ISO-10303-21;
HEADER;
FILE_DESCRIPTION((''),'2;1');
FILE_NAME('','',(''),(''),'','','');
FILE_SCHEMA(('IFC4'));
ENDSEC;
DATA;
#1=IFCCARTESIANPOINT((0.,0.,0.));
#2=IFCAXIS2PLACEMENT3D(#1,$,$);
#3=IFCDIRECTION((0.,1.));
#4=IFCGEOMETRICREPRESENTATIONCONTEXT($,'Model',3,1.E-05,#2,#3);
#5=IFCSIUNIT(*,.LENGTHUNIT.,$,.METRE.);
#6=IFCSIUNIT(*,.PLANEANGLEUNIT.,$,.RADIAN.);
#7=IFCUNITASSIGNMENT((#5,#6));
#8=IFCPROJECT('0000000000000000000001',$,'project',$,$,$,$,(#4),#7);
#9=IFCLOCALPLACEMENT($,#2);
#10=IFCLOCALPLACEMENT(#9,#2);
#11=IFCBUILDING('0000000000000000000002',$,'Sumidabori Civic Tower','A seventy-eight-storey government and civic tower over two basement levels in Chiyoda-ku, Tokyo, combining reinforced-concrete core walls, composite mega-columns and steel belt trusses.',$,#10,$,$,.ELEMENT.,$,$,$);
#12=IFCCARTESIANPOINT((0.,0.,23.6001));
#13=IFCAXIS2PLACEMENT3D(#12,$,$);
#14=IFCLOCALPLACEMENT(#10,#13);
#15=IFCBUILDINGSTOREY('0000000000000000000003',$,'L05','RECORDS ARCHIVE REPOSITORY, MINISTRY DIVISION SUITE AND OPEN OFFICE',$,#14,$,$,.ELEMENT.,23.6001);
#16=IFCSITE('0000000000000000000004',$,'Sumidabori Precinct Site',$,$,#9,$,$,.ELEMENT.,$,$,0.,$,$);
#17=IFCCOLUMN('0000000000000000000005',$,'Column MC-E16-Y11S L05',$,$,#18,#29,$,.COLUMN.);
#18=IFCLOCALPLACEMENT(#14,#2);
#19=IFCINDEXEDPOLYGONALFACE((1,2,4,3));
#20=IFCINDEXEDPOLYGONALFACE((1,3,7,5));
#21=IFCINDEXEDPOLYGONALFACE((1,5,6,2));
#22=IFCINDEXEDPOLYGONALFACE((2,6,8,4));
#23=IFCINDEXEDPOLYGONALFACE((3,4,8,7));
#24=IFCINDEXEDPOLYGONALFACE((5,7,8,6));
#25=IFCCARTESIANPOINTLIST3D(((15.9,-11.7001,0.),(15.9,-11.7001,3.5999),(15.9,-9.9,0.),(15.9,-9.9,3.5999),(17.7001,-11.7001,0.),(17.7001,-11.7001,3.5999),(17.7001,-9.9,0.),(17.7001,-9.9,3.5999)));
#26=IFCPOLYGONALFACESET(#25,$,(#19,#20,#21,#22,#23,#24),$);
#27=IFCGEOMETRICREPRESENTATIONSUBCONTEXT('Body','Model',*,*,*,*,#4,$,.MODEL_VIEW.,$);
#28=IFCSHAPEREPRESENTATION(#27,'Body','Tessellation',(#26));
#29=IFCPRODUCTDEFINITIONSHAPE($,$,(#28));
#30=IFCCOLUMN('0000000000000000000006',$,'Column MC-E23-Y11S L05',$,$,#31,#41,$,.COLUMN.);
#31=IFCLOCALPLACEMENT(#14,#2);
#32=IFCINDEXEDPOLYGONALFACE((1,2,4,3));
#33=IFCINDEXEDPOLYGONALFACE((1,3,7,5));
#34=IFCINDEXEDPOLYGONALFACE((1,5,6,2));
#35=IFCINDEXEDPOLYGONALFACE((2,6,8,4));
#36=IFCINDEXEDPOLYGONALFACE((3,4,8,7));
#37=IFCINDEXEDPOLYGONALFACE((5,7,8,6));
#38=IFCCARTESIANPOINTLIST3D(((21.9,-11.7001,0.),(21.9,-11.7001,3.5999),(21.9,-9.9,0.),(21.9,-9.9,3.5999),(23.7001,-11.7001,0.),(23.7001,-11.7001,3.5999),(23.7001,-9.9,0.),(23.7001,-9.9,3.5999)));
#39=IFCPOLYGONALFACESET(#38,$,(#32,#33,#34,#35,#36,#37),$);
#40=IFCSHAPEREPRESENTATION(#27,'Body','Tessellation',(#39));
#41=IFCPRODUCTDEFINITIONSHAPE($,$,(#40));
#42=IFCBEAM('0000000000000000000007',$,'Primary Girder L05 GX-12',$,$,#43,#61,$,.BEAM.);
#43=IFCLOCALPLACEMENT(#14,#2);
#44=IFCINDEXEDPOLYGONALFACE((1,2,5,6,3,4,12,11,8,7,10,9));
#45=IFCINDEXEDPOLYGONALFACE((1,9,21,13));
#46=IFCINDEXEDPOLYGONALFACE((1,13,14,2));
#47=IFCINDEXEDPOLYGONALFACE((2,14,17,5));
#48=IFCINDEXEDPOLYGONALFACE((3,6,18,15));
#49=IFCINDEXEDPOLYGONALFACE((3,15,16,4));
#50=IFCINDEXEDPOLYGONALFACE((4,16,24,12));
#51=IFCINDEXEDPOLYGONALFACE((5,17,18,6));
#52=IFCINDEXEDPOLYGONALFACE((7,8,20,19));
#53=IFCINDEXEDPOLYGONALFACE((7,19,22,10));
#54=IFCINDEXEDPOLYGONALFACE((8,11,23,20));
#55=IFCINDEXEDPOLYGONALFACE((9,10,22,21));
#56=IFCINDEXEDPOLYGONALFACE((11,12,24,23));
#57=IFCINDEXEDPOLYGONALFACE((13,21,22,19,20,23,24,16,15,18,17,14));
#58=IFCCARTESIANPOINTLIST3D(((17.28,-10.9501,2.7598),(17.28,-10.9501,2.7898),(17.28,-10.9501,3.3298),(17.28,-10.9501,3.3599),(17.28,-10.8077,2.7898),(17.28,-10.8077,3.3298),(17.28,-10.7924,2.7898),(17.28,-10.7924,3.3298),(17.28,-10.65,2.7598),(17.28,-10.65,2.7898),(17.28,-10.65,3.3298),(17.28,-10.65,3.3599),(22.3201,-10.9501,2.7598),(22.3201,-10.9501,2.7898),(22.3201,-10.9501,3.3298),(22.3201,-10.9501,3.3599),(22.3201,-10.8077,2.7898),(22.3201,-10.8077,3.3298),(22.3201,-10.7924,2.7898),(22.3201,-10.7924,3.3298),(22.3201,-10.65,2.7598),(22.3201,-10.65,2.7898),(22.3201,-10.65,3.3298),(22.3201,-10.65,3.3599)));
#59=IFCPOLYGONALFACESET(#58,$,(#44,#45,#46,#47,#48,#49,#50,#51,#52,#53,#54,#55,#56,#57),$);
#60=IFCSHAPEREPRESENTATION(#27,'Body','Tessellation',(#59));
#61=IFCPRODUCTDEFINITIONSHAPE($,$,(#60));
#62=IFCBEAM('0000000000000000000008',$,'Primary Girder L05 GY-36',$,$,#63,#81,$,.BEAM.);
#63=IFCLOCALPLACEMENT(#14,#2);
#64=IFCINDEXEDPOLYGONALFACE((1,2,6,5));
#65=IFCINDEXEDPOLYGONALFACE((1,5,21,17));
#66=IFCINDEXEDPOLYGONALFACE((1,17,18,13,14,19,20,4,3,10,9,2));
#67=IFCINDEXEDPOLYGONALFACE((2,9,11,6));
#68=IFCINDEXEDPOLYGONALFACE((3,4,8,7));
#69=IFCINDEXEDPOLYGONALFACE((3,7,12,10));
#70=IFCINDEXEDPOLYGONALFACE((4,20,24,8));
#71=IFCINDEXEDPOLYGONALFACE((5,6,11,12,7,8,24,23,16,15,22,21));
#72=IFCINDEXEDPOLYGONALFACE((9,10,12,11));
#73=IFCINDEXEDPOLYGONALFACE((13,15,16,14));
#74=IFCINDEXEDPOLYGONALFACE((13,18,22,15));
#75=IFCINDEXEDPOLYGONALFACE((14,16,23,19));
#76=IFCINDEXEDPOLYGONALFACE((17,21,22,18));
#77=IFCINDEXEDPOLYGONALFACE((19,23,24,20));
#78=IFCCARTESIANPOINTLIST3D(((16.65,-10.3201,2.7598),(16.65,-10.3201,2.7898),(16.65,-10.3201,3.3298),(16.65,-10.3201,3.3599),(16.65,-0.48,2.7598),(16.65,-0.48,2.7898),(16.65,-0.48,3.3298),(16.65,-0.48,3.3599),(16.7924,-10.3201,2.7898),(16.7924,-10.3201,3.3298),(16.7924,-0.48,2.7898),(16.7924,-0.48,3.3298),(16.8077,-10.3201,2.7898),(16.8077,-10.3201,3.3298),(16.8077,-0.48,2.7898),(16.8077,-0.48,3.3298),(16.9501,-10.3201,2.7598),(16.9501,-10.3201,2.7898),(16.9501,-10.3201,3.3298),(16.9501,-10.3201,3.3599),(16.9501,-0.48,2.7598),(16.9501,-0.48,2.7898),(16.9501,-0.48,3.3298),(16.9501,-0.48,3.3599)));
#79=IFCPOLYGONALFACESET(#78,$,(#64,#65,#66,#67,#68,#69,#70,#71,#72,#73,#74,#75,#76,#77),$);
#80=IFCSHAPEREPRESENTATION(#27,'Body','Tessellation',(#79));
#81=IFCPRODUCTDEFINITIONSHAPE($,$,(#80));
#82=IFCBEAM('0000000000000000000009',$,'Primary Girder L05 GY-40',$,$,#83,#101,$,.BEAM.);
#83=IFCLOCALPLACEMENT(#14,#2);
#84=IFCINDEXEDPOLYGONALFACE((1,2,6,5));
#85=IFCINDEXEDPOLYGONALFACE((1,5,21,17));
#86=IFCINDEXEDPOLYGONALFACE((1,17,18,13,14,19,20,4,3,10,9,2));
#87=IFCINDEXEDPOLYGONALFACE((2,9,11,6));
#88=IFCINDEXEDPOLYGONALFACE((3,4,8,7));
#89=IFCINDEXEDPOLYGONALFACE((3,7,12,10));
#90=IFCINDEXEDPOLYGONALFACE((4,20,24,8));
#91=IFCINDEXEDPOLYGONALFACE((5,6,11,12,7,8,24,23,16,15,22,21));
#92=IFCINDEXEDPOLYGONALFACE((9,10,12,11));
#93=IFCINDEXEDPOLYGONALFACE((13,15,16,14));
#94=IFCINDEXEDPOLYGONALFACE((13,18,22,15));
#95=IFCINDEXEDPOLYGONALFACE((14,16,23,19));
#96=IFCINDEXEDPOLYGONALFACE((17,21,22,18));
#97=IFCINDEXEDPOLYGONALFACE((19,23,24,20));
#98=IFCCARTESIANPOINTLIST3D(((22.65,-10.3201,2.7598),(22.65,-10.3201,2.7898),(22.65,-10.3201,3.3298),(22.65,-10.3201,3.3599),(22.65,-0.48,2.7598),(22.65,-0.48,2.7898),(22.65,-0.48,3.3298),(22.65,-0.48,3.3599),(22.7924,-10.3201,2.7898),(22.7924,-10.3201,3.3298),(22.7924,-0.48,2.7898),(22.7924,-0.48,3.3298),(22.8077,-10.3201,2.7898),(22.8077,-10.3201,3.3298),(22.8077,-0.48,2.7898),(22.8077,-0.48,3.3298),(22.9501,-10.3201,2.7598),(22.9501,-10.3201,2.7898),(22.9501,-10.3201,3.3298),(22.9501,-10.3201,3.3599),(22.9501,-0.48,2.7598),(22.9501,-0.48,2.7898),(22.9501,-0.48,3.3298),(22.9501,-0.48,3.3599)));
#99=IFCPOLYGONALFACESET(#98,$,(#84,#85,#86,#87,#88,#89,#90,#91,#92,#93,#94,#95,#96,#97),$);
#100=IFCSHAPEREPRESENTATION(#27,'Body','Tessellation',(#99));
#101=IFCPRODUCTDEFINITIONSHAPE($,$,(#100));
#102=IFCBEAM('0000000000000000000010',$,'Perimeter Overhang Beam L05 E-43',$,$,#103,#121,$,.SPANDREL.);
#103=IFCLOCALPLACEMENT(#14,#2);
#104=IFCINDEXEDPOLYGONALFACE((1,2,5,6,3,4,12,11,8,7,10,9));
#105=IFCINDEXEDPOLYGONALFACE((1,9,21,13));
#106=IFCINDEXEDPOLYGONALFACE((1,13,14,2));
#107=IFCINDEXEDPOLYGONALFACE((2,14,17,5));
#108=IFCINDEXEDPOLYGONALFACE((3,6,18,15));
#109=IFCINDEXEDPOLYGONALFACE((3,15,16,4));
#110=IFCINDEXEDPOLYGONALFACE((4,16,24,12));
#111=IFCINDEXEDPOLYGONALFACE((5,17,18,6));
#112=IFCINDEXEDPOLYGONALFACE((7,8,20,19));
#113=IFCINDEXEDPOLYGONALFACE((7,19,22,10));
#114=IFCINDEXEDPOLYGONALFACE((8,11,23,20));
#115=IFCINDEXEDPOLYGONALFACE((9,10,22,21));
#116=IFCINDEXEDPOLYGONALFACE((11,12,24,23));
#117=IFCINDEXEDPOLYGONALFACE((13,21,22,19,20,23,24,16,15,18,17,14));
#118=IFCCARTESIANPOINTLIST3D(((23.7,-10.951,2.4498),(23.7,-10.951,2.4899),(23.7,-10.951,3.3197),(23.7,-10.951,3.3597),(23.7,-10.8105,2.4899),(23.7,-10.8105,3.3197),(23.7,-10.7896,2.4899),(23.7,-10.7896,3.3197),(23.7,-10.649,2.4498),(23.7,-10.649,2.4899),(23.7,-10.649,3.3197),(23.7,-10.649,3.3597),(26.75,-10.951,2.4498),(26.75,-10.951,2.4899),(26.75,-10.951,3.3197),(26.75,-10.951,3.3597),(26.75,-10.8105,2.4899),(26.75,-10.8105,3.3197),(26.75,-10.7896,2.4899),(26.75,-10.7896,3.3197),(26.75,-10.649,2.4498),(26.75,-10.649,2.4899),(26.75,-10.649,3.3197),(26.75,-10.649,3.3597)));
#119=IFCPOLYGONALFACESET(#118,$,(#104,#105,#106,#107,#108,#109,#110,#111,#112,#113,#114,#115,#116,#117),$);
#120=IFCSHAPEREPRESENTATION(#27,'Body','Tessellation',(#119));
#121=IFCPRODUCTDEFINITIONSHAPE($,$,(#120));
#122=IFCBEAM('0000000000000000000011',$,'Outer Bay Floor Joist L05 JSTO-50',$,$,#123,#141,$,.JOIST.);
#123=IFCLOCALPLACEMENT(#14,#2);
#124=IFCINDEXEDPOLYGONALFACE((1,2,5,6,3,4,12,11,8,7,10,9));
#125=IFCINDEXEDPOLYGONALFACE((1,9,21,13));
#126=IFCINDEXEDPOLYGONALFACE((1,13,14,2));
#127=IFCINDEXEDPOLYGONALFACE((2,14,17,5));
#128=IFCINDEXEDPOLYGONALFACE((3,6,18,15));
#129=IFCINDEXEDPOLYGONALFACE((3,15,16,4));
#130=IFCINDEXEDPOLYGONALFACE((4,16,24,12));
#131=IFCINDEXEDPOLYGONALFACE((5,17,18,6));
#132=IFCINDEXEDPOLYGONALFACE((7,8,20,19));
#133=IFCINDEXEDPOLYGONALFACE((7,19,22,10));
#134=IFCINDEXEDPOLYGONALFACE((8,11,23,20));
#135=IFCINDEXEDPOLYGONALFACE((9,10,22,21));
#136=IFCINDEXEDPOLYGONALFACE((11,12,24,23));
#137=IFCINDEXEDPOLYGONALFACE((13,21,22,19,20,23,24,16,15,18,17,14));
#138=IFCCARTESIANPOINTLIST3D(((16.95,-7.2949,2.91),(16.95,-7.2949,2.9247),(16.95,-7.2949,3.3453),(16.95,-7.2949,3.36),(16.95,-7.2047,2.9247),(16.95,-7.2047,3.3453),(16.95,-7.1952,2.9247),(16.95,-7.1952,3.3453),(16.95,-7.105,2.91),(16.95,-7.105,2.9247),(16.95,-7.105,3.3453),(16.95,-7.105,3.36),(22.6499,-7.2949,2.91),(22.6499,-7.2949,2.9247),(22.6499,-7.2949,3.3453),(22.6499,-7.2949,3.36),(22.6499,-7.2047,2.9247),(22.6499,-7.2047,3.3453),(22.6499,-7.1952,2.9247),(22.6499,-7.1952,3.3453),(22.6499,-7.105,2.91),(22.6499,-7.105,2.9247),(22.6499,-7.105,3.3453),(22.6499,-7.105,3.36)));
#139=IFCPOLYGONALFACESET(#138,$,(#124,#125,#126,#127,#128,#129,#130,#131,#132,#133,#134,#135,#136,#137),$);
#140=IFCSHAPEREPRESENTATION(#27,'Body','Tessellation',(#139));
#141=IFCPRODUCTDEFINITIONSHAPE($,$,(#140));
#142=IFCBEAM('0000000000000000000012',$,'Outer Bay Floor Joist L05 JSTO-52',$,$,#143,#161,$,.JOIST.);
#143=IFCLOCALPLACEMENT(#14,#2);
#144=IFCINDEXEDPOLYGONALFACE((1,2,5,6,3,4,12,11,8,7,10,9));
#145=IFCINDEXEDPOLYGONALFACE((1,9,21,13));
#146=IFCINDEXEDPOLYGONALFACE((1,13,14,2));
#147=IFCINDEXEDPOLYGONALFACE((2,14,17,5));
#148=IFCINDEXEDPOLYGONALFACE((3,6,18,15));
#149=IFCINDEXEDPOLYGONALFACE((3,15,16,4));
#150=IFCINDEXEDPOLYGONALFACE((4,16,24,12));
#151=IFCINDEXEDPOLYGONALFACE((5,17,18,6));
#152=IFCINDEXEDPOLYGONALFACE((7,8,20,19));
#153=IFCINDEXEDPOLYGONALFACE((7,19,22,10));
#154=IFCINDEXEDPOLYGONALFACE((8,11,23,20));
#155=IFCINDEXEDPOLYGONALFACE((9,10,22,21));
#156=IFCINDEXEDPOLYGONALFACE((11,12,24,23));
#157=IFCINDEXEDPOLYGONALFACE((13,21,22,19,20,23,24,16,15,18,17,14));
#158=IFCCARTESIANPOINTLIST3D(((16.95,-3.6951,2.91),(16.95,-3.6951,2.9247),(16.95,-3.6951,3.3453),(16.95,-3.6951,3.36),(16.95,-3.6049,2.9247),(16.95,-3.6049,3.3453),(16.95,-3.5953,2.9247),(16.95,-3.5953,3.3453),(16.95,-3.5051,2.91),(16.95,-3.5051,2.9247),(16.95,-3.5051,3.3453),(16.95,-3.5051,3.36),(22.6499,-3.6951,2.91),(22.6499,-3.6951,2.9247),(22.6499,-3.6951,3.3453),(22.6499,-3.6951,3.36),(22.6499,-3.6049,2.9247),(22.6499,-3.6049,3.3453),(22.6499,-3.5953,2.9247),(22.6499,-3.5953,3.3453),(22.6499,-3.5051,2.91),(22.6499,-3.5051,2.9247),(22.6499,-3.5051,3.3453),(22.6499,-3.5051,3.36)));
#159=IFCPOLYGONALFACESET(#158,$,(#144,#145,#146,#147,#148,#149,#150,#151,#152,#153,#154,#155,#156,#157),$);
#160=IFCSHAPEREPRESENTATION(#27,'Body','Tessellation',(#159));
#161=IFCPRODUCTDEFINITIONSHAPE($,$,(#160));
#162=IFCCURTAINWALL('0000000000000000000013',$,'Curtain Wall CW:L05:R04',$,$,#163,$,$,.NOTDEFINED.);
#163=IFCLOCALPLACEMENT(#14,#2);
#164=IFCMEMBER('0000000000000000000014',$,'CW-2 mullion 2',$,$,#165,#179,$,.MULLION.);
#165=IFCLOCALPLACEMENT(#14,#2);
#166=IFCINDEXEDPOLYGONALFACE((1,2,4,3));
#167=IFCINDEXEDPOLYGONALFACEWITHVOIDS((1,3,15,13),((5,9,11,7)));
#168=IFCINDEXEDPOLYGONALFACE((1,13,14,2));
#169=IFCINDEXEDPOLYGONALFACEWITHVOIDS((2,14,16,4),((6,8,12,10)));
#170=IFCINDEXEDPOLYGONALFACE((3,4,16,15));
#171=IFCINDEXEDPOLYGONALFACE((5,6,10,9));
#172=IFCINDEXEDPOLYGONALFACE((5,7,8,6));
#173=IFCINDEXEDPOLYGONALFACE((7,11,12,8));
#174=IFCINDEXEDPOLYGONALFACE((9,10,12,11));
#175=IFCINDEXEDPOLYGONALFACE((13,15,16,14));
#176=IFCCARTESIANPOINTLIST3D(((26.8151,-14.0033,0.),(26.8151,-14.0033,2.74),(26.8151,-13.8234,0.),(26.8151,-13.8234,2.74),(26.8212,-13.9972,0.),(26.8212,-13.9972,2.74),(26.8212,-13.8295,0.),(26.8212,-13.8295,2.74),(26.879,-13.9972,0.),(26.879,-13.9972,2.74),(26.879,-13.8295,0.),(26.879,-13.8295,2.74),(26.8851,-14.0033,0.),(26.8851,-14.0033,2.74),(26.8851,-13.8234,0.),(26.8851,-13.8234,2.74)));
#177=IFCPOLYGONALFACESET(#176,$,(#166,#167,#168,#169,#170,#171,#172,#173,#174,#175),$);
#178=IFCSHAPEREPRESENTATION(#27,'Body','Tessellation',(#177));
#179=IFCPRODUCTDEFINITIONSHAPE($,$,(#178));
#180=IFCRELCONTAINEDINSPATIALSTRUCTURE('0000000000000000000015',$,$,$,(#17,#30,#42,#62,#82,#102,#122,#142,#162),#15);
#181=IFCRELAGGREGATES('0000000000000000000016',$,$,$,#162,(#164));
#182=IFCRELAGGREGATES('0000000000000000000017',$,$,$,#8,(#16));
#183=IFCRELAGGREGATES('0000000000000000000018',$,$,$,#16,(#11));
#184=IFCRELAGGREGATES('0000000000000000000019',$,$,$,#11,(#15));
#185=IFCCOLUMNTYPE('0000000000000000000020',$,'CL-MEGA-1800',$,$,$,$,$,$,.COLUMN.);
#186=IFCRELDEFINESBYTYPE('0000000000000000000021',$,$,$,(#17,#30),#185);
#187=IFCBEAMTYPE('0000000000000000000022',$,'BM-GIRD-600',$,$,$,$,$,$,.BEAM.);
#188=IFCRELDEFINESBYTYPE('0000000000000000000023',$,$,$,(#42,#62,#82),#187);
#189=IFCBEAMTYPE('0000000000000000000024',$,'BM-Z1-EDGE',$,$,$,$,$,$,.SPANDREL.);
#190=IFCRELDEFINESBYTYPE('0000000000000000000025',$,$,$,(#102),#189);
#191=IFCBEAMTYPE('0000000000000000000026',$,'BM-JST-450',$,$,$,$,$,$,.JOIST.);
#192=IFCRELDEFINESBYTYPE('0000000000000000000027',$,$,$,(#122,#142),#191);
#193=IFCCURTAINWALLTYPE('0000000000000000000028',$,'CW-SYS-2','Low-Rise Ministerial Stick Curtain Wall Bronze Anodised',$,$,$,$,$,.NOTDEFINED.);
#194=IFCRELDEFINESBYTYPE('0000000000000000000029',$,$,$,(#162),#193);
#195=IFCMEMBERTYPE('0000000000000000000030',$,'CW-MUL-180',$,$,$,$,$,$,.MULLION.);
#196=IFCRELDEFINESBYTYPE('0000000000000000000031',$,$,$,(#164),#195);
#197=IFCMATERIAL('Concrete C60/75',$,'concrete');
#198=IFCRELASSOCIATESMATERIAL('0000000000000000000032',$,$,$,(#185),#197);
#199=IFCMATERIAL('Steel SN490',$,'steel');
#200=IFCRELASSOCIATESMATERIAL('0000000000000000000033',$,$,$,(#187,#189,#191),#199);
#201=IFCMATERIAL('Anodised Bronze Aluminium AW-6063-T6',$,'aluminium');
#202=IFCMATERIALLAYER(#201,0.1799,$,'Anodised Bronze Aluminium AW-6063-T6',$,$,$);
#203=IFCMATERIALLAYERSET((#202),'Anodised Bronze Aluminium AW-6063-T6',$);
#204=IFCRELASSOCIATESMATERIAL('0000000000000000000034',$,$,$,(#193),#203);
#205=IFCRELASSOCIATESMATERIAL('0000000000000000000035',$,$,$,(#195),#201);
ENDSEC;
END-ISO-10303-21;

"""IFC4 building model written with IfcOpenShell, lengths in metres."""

from ifc_helpers import new_model, si_unit, direction, frame, origin, origin_2d, place, context, subcontext, project, spatial, rectangle, hollow_rectangle, i_section, extrude, source, transform, mapped, material, layer, layer_set, material_profile, profile_set, type_object, element, aggregate, save


model = new_model("IFC4")

# Units and contexts
model_context = context("Model", 3, precision=1e-05, world=origin(), true_north=direction((0.0, 1.0)))
body_context = subcontext(model_context, "Body", "Model", "MODEL_VIEW")
ifc_project = project(units=[si_unit("LENGTHUNIT", "METRE"), si_unit("PLANEANGLEUNIT", "RADIAN")], contexts=[model_context])

# Site, building, storey
site_placement = place(None, origin())
site = spatial("IfcSite", under=ifc_project, at=site_placement, Name="Sumidabori Precinct Site", CompositionType="ELEMENT", RefElevation=0.0)
building_placement = place(site_placement, origin())
building = spatial("IfcBuilding", under=site, at=building_placement, Name="Sumidabori Civic Tower", Description="A seventy-eight-storey government and civic tower over two basement levels in Chiyoda-ku, Tokyo, combining reinforced-concrete core walls, composite mega-columns and steel belt trusses.", CompositionType="ELEMENT")
storey_placement = place(building_placement, frame((0.0, 0.0, 23.6001)))
storey = spatial("IfcBuildingStorey", under=building, at=storey_placement, Name="L05", Description="RECORDS ARCHIVE REPOSITORY, MINISTRY DIVISION SUITE AND OPEN OFFICE", CompositionType="ELEMENT", Elevation=23.6001)

# Columns
ifc_material_1 = material(Name="Concrete C60/75", Category="concrete")
ifc_material_profile_1 = material_profile(ifc_material_1, rectangle(XDim=1.8, YDim=1.8, at=origin_2d()), Name="RC 1800x1800")
ifc_profile_set_1 = profile_set([ifc_material_profile_1], Name="Concrete C60/75")
column_type = type_object("IfcColumnType", Name="CL-MEGA-1800", PredefinedType="COLUMN", material=ifc_profile_set_1)
shared_shape_1 = source(origin(), body_context, "Body", "SweptSolid", [
    extrude(rectangle(XDim=1.8, YDim=1.8, at=origin_2d()), origin(), (0.0, 0.0, 1.0), 3.5999),
])
for number, where, z_axis, x_axis, name in (
    (1, (16.8, -10.8, 0.0), (0.0, 0.0, 1.0), (1.0, 0.0, 0.0), "Column MC-E16-Y11S L05"),
    (2, (22.8, -10.8, 0.0), (0.0, 0.0, 1.0), (1.0, 0.0, 0.0), "Column MC-E23-Y11S L05"),
):
    element("IfcColumn", number, at=place(storey_placement, frame(where, z_axis=z_axis, x_axis=x_axis)), inside=storey, type_object=column_type, Name=name, PredefinedType="COLUMN", context=body_context, shape_type="MappedRepresentation", body=[
        mapped(shared_shape_1, transform((0.0, 0.0, 0.0), x_axis=(1.0, 0.0, 0.0), y_axis=(0.0, 1.0, 0.0), z_axis=(0.0, 0.0, 1.0), scale=1.0)),
    ])

# Beams
ifc_material_2 = material(Name="Steel SN490", Category="steel")
ifc_material_profile_2 = material_profile(ifc_material_2, i_section(OverallWidth=0.3, OverallDepth=0.6001, WebThickness=0.0154, FlangeThickness=0.03, at=origin_2d()), Name="HE 600 B")
ifc_profile_set_2 = profile_set([ifc_material_profile_2], Name="Steel SN490")
beam_type_1 = type_object("IfcBeamType", Name="BM-GIRD-600", PredefinedType="BEAM", material=ifc_profile_set_2)
shared_shape_2 = source(origin(), body_context, "Body", "SweptSolid", [
    extrude(i_section(OverallWidth=0.3, OverallDepth=0.6001, WebThickness=0.0154, FlangeThickness=0.03, at=origin_2d()), origin(), (0.0, 0.0, 1.0), 5.04),
])
beam_1_placement = place(storey_placement, frame((17.28, -10.8, 3.0598), z_axis=(1.0, 0.0, 0.0), x_axis=(0.0, 1.0, 0.0)))
element("IfcBeam", 3, at=beam_1_placement, inside=storey, type_object=beam_type_1, Name="Primary Girder L05 GX-12", PredefinedType="BEAM", context=body_context, shape_type="MappedRepresentation", body=[
    mapped(shared_shape_2, transform((0.0, 0.0, 0.0), x_axis=(1.0, 0.0, 0.0), y_axis=(0.0, 1.0, 0.0), z_axis=(0.0, 0.0, 1.0), scale=1.0)),
])
shared_shape_3 = source(origin(), body_context, "Body", "SweptSolid", [
    extrude(i_section(OverallWidth=0.3, OverallDepth=0.6001, WebThickness=0.0154, FlangeThickness=0.03, at=origin_2d()), origin(), (0.0, 0.0, 1.0), 9.8401),
])
for number, where, z_axis, x_axis, name in (
    (4, (16.8, -10.3201, 3.0598), (0.0, 1.0, 0.0), (-1.0, 0.0, 0.0), "Primary Girder L05 GY-36"),
    (5, (22.8, -10.3201, 3.0598), (0.0, 1.0, 0.0), (-1.0, 0.0, 0.0), "Primary Girder L05 GY-40"),
):
    element("IfcBeam", number, at=place(storey_placement, frame(where, z_axis=z_axis, x_axis=x_axis)), inside=storey, type_object=beam_type_1, Name=name, PredefinedType="BEAM", context=body_context, shape_type="MappedRepresentation", body=[
        mapped(shared_shape_3, transform((0.0, 0.0, 0.0), x_axis=(1.0, 0.0, 0.0), y_axis=(0.0, 1.0, 0.0), z_axis=(0.0, 0.0, 1.0), scale=1.0)),
    ])
ifc_material_profile_3 = material_profile(ifc_material_2, i_section(OverallWidth=0.302, OverallDepth=0.9099, WebThickness=0.021, FlangeThickness=0.04, at=origin_2d()), Name="HE 900 M")
ifc_profile_set_3 = profile_set([ifc_material_profile_3], Name="Steel SN490")
beam_type_2 = type_object("IfcBeamType", Name="BM-Z1-EDGE", PredefinedType="SPANDREL", material=ifc_profile_set_3)
shared_shape_4 = source(origin(), body_context, "Body", "SweptSolid", [
    extrude(i_section(OverallWidth=0.302, OverallDepth=0.9099, WebThickness=0.021, FlangeThickness=0.04, at=origin_2d()), origin(), (0.0, 0.0, 1.0), 3.05),
])
beam_2_placement = place(storey_placement, frame((23.7, -10.8, 2.9048), z_axis=(1.0, 0.0, 0.0), x_axis=(0.0, 1.0, 0.0)))
element("IfcBeam", 6, at=beam_2_placement, inside=storey, type_object=beam_type_2, Name="Perimeter Overhang Beam L05 E-43", PredefinedType="SPANDREL", context=body_context, shape_type="MappedRepresentation", body=[
    mapped(shared_shape_4, transform((0.0, 0.0, 0.0), x_axis=(1.0, 0.0, 0.0), y_axis=(0.0, 1.0, 0.0), z_axis=(0.0, 0.0, 1.0), scale=1.0)),
])
ifc_material_profile_4 = material_profile(ifc_material_2, i_section(OverallWidth=0.1899, OverallDepth=0.45, WebThickness=0.0095, FlangeThickness=0.0146, at=origin_2d()), Name="IPE 450")
ifc_profile_set_4 = profile_set([ifc_material_profile_4], Name="Steel SN490")
beam_type_3 = type_object("IfcBeamType", Name="BM-JST-450", PredefinedType="JOIST", material=ifc_profile_set_4)
shared_shape_5 = source(origin(), body_context, "Body", "SweptSolid", [
    extrude(i_section(OverallWidth=0.1899, OverallDepth=0.45, WebThickness=0.0095, FlangeThickness=0.0146, at=origin_2d()), origin(), (0.0, 0.0, 1.0), 5.7),
])
for number, where, z_axis, x_axis, name in (
    (7, (16.95, -7.2, 3.135), (1.0, 0.0, 0.0), (0.0, 1.0, 0.0), "Outer Bay Floor Joist L05 JSTO-50"),
    (8, (16.95, -3.6001, 3.135), (1.0, 0.0, 0.0), (0.0, 1.0, 0.0), "Outer Bay Floor Joist L05 JSTO-52"),
):
    element("IfcBeam", number, at=place(storey_placement, frame(where, z_axis=z_axis, x_axis=x_axis)), inside=storey, type_object=beam_type_3, Name=name, PredefinedType="JOIST", context=body_context, shape_type="MappedRepresentation", body=[
        mapped(shared_shape_5, transform((0.0, 0.0, 0.0), x_axis=(1.0, 0.0, 0.0), y_axis=(0.0, 1.0, 0.0), z_axis=(0.0, 0.0, 1.0), scale=1.0)),
    ])

# Curtain wall, member
ifc_material_3 = material(Name="Anodised Bronze Aluminium AW-6063-T6", Category="aluminium")
ifc_layer_1 = layer(ifc_material_3, 0.1799, Name="Anodised Bronze Aluminium AW-6063-T6")
ifc_layer_set_1 = layer_set([ifc_layer_1], Name="Anodised Bronze Aluminium AW-6063-T6")
curtain_wall_type = type_object("IfcCurtainWallType", Name="CW-SYS-2", Description="Low-Rise Ministerial Stick Curtain Wall Bronze Anodised", PredefinedType="NOTDEFINED", material=ifc_layer_set_1)
curtain_wall_placement = place(storey_placement, origin())
curtain_wall = element("IfcCurtainWall", 9, at=curtain_wall_placement, inside=storey, type_object=curtain_wall_type, Name="Curtain Wall CW:L05:R04", PredefinedType="NOTDEFINED")
ifc_material_profile_5 = material_profile(ifc_material_3, hollow_rectangle(XDim=0.0701, YDim=0.1799, WallThickness=0.0061, at=origin_2d()), Name="ALU MULLION 180x70")
ifc_profile_set_5 = profile_set([ifc_material_profile_5], Name="Anodised Bronze Aluminium AW-6063-T6")
member_type_1 = type_object("IfcMemberType", Name="CW-MUL-180", PredefinedType="MULLION", material=ifc_profile_set_5)
shared_shape_6 = source(origin(), body_context, "Body", "SweptSolid", [
    extrude(hollow_rectangle(XDim=0.0701, YDim=0.1799, WallThickness=0.0061, at=origin_2d()), origin(), (0.0, 0.0, 1.0), 2.74),
])
member_1_placement = place(storey_placement, frame((26.8501, -13.9133, 0.0), z_axis=(0.0, 0.0, 1.0), x_axis=(-1.0, 0.0, 0.0)))
member_1 = element("IfcMember", 10, at=member_1_placement, type_object=member_type_1, Name="CW-2 mullion 2", PredefinedType="MULLION", context=body_context, shape_type="MappedRepresentation", body=[
    mapped(shared_shape_6, transform((0.0, 0.0, 0.0), x_axis=(1.0, 0.0, 0.0), y_axis=(0.0, 1.0, 0.0), z_axis=(0.0, 0.0, 1.0), scale=1.0)),
])
aggregate(curtain_wall, [member_1])

save(model, "model.ifc")
